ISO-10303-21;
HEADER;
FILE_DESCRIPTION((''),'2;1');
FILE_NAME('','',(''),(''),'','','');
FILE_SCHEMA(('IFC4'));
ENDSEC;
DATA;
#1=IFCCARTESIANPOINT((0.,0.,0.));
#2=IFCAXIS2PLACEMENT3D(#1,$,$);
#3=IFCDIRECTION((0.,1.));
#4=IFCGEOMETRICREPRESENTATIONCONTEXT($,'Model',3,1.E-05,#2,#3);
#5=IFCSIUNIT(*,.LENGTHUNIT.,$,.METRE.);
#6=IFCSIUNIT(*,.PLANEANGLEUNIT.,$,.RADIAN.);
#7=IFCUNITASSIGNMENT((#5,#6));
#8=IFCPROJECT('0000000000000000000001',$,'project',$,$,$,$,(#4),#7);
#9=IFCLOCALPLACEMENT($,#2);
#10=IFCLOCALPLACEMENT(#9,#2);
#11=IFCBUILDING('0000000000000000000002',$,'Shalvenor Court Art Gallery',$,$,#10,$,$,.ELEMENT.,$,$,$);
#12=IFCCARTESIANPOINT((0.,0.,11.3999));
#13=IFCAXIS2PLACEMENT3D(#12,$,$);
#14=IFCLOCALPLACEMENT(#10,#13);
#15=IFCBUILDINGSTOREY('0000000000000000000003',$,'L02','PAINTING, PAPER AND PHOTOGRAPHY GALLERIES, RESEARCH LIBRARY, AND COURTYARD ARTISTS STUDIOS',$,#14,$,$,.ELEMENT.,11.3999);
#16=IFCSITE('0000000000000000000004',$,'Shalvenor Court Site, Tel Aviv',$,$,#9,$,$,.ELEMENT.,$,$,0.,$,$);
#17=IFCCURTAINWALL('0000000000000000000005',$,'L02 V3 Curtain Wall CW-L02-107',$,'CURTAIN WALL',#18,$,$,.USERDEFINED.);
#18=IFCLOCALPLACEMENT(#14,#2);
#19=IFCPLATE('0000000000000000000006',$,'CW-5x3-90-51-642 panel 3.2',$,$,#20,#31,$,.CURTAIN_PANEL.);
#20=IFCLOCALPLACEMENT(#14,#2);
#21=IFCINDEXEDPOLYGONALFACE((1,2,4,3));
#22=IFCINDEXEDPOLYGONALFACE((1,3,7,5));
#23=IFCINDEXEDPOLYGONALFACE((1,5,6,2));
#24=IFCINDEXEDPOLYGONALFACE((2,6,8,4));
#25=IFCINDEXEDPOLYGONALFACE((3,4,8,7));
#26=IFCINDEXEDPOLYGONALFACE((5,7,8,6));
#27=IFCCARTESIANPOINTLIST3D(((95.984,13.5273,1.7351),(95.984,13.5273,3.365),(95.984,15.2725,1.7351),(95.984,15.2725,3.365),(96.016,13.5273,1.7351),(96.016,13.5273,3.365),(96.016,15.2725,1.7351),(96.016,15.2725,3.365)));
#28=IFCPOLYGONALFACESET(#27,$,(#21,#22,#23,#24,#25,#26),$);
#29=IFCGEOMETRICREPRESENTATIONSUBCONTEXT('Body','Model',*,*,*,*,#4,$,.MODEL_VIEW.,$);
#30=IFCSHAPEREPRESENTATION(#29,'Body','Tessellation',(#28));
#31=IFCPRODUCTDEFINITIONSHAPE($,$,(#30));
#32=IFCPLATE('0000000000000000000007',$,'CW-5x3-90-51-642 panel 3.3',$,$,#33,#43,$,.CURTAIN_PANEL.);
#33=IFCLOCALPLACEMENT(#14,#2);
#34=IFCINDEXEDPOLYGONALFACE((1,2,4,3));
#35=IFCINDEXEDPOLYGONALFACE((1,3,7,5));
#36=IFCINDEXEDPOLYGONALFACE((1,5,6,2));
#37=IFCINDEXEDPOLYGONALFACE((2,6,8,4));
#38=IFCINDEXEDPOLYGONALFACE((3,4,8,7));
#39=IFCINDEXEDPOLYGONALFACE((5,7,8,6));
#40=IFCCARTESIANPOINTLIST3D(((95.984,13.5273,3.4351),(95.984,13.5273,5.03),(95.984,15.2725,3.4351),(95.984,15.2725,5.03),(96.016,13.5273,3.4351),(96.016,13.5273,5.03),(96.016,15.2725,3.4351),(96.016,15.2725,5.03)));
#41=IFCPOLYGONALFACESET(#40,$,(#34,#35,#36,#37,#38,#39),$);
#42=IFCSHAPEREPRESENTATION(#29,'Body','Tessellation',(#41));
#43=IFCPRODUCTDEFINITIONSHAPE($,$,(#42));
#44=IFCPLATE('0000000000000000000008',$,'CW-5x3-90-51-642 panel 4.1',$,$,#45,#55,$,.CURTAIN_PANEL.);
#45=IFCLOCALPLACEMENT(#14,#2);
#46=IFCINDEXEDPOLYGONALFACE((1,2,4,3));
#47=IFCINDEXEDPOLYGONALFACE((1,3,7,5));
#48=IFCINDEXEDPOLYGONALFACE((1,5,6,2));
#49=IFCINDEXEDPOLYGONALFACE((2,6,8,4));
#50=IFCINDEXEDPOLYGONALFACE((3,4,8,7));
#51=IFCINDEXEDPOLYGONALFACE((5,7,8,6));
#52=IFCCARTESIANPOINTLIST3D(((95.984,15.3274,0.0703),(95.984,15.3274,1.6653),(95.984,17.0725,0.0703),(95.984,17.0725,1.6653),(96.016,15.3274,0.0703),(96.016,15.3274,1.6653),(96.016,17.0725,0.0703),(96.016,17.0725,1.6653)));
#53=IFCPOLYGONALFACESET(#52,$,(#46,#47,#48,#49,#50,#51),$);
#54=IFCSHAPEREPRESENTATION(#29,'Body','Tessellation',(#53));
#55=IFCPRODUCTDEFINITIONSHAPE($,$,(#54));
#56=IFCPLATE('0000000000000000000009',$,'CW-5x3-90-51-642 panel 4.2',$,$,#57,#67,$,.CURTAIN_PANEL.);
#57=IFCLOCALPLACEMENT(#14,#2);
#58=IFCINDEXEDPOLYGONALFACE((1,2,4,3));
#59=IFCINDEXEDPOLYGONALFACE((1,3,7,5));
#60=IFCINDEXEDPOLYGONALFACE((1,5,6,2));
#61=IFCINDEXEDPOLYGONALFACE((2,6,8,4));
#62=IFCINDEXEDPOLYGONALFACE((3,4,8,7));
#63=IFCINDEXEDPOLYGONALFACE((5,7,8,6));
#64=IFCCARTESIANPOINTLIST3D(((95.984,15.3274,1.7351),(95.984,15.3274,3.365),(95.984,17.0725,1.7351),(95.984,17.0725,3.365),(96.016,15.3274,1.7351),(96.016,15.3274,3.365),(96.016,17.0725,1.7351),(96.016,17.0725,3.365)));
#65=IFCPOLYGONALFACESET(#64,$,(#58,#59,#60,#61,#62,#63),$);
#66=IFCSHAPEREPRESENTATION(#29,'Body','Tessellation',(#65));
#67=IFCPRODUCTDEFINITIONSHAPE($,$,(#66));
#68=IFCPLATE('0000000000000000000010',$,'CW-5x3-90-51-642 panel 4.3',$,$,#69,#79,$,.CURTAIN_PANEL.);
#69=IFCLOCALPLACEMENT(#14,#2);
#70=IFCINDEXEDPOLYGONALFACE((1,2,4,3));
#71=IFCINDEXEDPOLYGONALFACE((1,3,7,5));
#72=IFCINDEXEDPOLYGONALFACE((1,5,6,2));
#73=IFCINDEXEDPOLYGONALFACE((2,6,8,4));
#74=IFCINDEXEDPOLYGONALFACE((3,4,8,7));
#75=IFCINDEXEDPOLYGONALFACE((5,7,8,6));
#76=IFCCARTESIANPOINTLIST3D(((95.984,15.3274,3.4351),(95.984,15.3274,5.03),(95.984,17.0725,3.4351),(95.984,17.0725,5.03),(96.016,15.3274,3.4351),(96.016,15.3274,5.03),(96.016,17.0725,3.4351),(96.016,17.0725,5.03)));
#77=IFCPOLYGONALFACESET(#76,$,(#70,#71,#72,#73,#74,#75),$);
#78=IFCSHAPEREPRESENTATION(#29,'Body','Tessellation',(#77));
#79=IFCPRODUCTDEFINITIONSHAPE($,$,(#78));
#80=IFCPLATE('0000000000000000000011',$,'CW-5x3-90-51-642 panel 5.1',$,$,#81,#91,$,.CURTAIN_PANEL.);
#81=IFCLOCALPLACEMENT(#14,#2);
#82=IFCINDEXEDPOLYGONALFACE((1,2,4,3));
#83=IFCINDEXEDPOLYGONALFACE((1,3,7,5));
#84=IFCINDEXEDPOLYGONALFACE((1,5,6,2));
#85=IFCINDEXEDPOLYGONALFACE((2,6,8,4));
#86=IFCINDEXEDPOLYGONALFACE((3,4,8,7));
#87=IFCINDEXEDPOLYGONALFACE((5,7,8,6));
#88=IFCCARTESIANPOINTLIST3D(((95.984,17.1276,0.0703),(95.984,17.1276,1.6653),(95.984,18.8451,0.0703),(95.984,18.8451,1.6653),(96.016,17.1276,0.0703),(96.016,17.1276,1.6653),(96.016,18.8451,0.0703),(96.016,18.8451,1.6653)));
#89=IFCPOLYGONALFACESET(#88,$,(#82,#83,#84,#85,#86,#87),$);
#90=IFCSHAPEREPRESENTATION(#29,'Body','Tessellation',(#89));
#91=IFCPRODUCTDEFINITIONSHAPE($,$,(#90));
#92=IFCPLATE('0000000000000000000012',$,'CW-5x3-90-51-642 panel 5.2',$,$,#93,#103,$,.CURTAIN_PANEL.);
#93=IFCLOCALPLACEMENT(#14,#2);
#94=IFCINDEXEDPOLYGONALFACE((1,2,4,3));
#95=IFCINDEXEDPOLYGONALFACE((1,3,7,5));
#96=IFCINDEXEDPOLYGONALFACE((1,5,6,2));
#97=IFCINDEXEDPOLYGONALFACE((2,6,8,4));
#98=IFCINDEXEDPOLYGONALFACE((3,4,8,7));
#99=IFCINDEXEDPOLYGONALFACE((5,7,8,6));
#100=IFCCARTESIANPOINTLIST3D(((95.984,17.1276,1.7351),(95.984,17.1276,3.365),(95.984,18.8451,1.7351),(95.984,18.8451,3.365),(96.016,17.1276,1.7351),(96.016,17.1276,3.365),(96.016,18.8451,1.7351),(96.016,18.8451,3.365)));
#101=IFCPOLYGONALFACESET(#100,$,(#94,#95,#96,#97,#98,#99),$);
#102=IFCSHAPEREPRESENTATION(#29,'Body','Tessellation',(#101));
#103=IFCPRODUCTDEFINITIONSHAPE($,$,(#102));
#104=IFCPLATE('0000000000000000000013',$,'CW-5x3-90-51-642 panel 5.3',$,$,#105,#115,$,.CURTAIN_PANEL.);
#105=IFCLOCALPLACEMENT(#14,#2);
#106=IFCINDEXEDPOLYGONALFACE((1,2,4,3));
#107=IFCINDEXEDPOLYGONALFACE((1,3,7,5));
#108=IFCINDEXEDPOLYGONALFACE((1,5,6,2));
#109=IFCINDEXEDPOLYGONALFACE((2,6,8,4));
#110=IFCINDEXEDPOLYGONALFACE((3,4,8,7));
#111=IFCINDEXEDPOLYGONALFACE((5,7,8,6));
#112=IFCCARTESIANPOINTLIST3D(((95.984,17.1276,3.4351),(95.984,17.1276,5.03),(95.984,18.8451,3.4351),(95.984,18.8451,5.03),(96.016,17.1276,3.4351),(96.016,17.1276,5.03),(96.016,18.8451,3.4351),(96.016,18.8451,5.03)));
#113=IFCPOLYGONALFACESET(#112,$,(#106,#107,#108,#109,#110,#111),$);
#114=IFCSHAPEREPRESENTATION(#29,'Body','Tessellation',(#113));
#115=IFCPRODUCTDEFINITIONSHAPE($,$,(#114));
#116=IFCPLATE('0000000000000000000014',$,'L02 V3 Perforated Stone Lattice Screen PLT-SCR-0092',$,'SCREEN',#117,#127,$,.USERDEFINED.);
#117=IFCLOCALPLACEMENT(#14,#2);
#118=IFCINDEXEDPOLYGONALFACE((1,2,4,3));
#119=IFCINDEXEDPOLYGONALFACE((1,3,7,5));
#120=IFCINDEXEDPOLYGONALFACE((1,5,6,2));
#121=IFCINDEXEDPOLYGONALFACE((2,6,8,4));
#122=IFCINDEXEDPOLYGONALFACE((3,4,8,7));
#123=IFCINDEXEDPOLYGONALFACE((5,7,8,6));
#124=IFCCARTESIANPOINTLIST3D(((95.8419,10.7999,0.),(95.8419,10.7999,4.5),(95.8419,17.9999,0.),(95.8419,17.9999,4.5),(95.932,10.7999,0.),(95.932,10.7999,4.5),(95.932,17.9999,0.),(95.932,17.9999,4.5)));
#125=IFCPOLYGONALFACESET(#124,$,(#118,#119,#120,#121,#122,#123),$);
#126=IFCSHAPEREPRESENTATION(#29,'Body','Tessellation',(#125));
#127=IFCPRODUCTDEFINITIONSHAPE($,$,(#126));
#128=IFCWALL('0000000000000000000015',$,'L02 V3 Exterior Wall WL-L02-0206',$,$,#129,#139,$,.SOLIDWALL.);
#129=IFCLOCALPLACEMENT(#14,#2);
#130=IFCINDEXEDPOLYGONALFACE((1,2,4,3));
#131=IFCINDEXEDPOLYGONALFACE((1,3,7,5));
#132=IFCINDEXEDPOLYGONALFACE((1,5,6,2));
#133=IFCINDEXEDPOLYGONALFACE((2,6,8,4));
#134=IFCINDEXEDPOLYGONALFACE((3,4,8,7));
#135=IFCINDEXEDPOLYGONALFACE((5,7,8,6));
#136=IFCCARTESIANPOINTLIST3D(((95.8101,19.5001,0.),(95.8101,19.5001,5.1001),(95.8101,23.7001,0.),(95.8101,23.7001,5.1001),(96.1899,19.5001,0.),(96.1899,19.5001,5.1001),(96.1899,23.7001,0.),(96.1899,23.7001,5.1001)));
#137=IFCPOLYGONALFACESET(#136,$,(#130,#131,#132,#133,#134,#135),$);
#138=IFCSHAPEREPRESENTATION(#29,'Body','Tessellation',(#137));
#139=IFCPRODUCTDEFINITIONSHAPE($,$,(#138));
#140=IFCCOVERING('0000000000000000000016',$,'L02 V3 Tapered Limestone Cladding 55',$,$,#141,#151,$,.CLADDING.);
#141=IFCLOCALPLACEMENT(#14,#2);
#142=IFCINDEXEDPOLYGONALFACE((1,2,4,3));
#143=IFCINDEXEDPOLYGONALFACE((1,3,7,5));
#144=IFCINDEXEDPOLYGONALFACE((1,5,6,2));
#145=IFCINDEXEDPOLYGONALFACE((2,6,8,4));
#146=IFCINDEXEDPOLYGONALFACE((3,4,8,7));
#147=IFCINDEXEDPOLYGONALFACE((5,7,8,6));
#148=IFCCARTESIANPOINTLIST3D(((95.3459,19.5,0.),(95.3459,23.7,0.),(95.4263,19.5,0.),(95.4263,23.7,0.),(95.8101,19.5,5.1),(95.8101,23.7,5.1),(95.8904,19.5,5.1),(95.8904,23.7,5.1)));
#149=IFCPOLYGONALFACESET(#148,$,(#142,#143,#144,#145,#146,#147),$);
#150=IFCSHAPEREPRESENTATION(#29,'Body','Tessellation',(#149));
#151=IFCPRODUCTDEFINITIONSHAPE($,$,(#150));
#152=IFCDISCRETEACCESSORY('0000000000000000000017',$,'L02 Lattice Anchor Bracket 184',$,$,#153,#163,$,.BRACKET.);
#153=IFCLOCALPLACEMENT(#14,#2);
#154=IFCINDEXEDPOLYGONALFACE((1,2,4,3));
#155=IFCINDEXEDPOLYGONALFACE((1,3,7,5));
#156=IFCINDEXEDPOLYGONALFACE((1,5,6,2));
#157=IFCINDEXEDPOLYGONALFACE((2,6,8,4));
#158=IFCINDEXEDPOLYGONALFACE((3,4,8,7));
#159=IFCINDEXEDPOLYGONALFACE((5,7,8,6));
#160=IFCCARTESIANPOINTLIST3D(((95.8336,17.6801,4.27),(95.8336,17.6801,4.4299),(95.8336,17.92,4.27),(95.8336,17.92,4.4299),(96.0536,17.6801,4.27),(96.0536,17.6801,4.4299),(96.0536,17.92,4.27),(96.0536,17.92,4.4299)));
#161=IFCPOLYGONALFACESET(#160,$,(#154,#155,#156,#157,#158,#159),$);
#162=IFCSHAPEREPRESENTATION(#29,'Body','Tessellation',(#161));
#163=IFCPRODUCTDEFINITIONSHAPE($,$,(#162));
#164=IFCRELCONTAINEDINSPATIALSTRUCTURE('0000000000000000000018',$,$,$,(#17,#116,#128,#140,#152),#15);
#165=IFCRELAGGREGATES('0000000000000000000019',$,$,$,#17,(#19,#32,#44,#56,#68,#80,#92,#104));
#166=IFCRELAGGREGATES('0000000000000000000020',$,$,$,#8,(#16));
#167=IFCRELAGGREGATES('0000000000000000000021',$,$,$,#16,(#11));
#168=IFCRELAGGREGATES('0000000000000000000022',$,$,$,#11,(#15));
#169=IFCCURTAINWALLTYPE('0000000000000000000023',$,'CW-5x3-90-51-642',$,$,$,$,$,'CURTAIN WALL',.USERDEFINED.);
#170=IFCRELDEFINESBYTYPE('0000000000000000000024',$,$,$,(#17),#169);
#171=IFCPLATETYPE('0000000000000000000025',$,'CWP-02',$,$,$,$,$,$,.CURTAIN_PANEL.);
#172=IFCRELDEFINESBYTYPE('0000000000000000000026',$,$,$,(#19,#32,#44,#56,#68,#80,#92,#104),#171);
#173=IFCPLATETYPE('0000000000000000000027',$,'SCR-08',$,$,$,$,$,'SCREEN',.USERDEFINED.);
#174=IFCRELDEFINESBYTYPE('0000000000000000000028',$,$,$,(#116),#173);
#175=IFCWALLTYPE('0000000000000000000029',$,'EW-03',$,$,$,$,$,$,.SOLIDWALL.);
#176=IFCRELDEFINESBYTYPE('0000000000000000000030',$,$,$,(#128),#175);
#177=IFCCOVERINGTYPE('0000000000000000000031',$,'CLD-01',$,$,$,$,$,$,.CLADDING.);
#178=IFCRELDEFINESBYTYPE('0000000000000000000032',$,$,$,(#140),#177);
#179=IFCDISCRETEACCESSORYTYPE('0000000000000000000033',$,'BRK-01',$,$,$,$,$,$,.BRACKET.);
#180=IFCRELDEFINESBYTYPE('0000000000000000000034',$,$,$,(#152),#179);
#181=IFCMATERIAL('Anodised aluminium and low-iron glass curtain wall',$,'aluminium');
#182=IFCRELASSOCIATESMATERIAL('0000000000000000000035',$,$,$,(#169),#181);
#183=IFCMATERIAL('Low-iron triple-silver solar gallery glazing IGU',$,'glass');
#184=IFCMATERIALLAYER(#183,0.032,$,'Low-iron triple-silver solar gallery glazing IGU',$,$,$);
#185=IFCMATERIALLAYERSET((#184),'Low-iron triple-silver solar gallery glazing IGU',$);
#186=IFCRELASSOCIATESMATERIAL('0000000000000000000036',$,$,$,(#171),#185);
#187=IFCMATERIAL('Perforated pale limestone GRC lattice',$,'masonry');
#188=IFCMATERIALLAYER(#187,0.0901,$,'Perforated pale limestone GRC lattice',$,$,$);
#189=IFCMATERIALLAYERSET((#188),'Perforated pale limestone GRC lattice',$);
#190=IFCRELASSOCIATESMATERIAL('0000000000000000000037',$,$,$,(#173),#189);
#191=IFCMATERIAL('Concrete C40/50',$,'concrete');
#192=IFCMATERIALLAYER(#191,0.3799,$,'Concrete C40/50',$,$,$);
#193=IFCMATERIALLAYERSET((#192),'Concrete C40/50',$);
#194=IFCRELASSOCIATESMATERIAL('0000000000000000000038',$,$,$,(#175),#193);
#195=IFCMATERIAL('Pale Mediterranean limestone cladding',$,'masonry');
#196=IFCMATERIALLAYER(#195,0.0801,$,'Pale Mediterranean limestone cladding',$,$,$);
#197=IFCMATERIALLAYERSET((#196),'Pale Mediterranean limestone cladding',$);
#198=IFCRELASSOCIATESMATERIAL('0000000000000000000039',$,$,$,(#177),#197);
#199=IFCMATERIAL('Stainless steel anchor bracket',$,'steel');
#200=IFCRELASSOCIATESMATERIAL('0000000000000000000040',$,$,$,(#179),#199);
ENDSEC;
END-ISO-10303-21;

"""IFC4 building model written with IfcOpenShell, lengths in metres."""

from ifc_helpers import new_model, si_unit, direction, frame, frame_2d, origin, origin_2d, place, context, subcontext, project, spatial, polyline, rectangle, outline, extrude, material, layer, layer_set, type_object, element, aggregate, save


model = new_model("IFC4")

# Units and contexts
model_context = context("Model", 3, precision=1e-05, world=origin(), true_north=direction((0.0, 1.0)))
body_context = subcontext(model_context, "Body", "Model", "MODEL_VIEW")
ifc_project = project(units=[si_unit("LENGTHUNIT", "METRE"), si_unit("PLANEANGLEUNIT", "RADIAN")], contexts=[model_context])

# Site, building, storey
site_placement = place(None, origin())
site = spatial("IfcSite", under=ifc_project, at=site_placement, Name="Shalvenor Court Site, Tel Aviv", CompositionType="ELEMENT", RefElevation=0.0)
building_placement = place(site_placement, origin())
building = spatial("IfcBuilding", under=site, at=building_placement, Name="Shalvenor Court Art Gallery", CompositionType="ELEMENT")
storey_placement = place(building_placement, frame((0.0, 0.0, 11.3999)))
storey = spatial("IfcBuildingStorey", under=building, at=storey_placement, Name="L02", Description="PAINTING, PAPER AND PHOTOGRAPHY GALLERIES, RESEARCH LIBRARY, AND COURTYARD ARTISTS STUDIOS", CompositionType="ELEMENT", Elevation=11.3999)

# Curtain wall
ifc_material_1 = material(Name="Anodised aluminium and low-iron glass curtain wall", Category="aluminium")
curtain_wall_type = type_object("IfcCurtainWallType", Name="CW-5x3-90-51-642", ElementType="CURTAIN WALL", PredefinedType="USERDEFINED", material=ifc_material_1)
curtain_wall_placement = place(storey_placement, origin())
curtain_wall = element("IfcCurtainWall", 1, at=curtain_wall_placement, inside=storey, type_object=curtain_wall_type, Name="L02 V3 Curtain Wall CW-L02-107", ObjectType="CURTAIN WALL", PredefinedType="USERDEFINED")

# Plates
ifc_material_2 = material(Name="Low-iron triple-silver solar gallery glazing IGU", Category="glass")
ifc_layer_1 = layer(ifc_material_2, 0.032, Name="Low-iron triple-silver solar gallery glazing IGU")
ifc_layer_set_1 = layer_set([ifc_layer_1], Name="Low-iron triple-silver solar gallery glazing IGU")
plate_type_1 = type_object("IfcPlateType", Name="CWP-02", PredefinedType="CURTAIN_PANEL", material=ifc_layer_set_1)
plate_1_placement = place(storey_placement, frame((96.0, 14.3999, 1.7351), z_axis=(0.0, 0.0, 1.0), x_axis=(0.0, 1.0, 0.0)))
plate_1 = element("IfcPlate", 2, at=plate_1_placement, type_object=plate_type_1, Name="CW-5x3-90-51-642 panel 3.2", PredefinedType="CURTAIN_PANEL", context=body_context, shape_type="SweptSolid", body=[
    extrude(rectangle(XDim=1.7451, YDim=0.032, at=origin_2d()), origin(), (0.0, 0.0, 1.0), 1.6299),
])
plate_2_placement = place(storey_placement, frame((96.0, 14.3999, 3.4351), z_axis=(0.0, 0.0, 1.0), x_axis=(0.0, 1.0, 0.0)))
plate_2 = element("IfcPlate", 3, at=plate_2_placement, type_object=plate_type_1, Name="CW-5x3-90-51-642 panel 3.3", PredefinedType="CURTAIN_PANEL", context=body_context, shape_type="SweptSolid", body=[
    extrude(rectangle(XDim=1.7451, YDim=0.032, at=origin_2d()), origin(), (0.0, 0.0, 1.0), 1.595),
])
plate_3_placement = place(storey_placement, frame((96.0, 16.2, 0.0703), z_axis=(0.0, 0.0, 1.0), x_axis=(0.0, 1.0, 0.0)))
plate_3 = element("IfcPlate", 4, at=plate_3_placement, type_object=plate_type_1, Name="CW-5x3-90-51-642 panel 4.1", PredefinedType="CURTAIN_PANEL", context=body_context, shape_type="SweptSolid", body=[
    extrude(rectangle(XDim=1.7451, YDim=0.032, at=origin_2d()), origin(), (0.0, 0.0, 1.0), 1.595),
])
plate_4_placement = place(storey_placement, frame((96.0, 16.2, 1.7351), z_axis=(0.0, 0.0, 1.0), x_axis=(0.0, 1.0, 0.0)))
plate_4 = element("IfcPlate", 5, at=plate_4_placement, type_object=plate_type_1, Name="CW-5x3-90-51-642 panel 4.2", PredefinedType="CURTAIN_PANEL", context=body_context, shape_type="SweptSolid", body=[
    extrude(rectangle(XDim=1.7451, YDim=0.032, at=origin_2d()), origin(), (0.0, 0.0, 1.0), 1.6299),
])
plate_5_placement = place(storey_placement, frame((96.0, 16.2, 3.4351), z_axis=(0.0, 0.0, 1.0), x_axis=(0.0, 1.0, 0.0)))
plate_5 = element("IfcPlate", 6, at=plate_5_placement, type_object=plate_type_1, Name="CW-5x3-90-51-642 panel 4.3", PredefinedType="CURTAIN_PANEL", context=body_context, shape_type="SweptSolid", body=[
    extrude(rectangle(XDim=1.7451, YDim=0.032, at=origin_2d()), origin(), (0.0, 0.0, 1.0), 1.595),
])
plate_6_placement = place(storey_placement, frame((96.0, 17.9863, 0.0703), z_axis=(0.0, 0.0, 1.0), x_axis=(0.0, 1.0, 0.0)))
plate_6 = element("IfcPlate", 7, at=plate_6_placement, type_object=plate_type_1, Name="CW-5x3-90-51-642 panel 5.1", PredefinedType="CURTAIN_PANEL", context=body_context, shape_type="SweptSolid", body=[
    extrude(rectangle(XDim=1.7175, YDim=0.032, at=origin_2d()), origin(), (0.0, 0.0, 1.0), 1.595),
])
plate_7_placement = place(storey_placement, frame((96.0, 17.9863, 1.7351), z_axis=(0.0, 0.0, 1.0), x_axis=(0.0, 1.0, 0.0)))
plate_7 = element("IfcPlate", 8, at=plate_7_placement, type_object=plate_type_1, Name="CW-5x3-90-51-642 panel 5.2", PredefinedType="CURTAIN_PANEL", context=body_context, shape_type="SweptSolid", body=[
    extrude(rectangle(XDim=1.7175, YDim=0.032, at=origin_2d()), origin(), (0.0, 0.0, 1.0), 1.6299),
])
plate_8_placement = place(storey_placement, frame((96.0, 17.9863, 3.4351), z_axis=(0.0, 0.0, 1.0), x_axis=(0.0, 1.0, 0.0)))
plate_8 = element("IfcPlate", 9, at=plate_8_placement, type_object=plate_type_1, Name="CW-5x3-90-51-642 panel 5.3", PredefinedType="CURTAIN_PANEL", context=body_context, shape_type="SweptSolid", body=[
    extrude(rectangle(XDim=1.7175, YDim=0.032, at=origin_2d()), origin(), (0.0, 0.0, 1.0), 1.595),
])
aggregate(curtain_wall, [plate_1, plate_2, plate_3, plate_4, plate_5, plate_6, plate_7, plate_8])
ifc_material_3 = material(Name="Perforated pale limestone GRC lattice", Category="masonry")
ifc_layer_2 = layer(ifc_material_3, 0.0901, Name="Perforated pale limestone GRC lattice")
ifc_layer_set_2 = layer_set([ifc_layer_2], Name="Perforated pale limestone GRC lattice")
plate_type_2 = type_object("IfcPlateType", Name="SCR-08", ElementType="SCREEN", PredefinedType="USERDEFINED", material=ifc_layer_set_2)
plate_9_placement = place(storey_placement, frame((95.887, 14.3999, 0.0), z_axis=(0.0, 0.0, 1.0), x_axis=(0.0, 1.0, 0.0)))
element("IfcPlate", 10, at=plate_9_placement, inside=storey, type_object=plate_type_2, Name="L02 V3 Perforated Stone Lattice Screen PLT-SCR-0092", ObjectType="SCREEN", PredefinedType="USERDEFINED", context=body_context, shape_type="SweptSolid", body=[
    extrude(rectangle(XDim=7.2, YDim=0.0901, at=origin_2d()), origin(), (0.0, 0.0, 1.0), 4.5),
])

# Wall
ifc_material_4 = material(Name="Concrete C40/50", Category="concrete")
ifc_layer_3 = layer(ifc_material_4, 0.3799, Name="Concrete C40/50")
ifc_layer_set_3 = layer_set([ifc_layer_3], Name="Concrete C40/50")
wall_type = type_object("IfcWallType", Name="EW-03", PredefinedType="SOLIDWALL", material=ifc_layer_set_3)
wall_placement = place(storey_placement, frame((96.0, 19.5, 0.0), z_axis=(0.0, 0.0, 1.0), x_axis=(0.0, 1.0, 0.0)))
element("IfcWall", 11, at=wall_placement, inside=storey, type_object=wall_type, Name="L02 V3 Exterior Wall WL-L02-0206", PredefinedType="SOLIDWALL", context=body_context, shape_type="SweptSolid", body=[
    extrude(rectangle(XDim=4.2, YDim=0.3799, at=frame_2d((2.1001, 0.0))), origin(), (0.0, 0.0, 1.0), 5.1001),
])

# Covering
ifc_material_5 = material(Name="Pale Mediterranean limestone cladding", Category="masonry")
ifc_layer_4 = layer(ifc_material_5, 0.0801, Name="Pale Mediterranean limestone cladding")
ifc_layer_set_4 = layer_set([ifc_layer_4], Name="Pale Mediterranean limestone cladding")
covering_type = type_object("IfcCoveringType", Name="CLD-01", PredefinedType="CLADDING", material=ifc_layer_set_4)
covering_placement = place(storey_placement, frame((95.3459, 23.7, 0.0), z_axis=(0.0, 0.0, 1.0), x_axis=(0.0, -1.0, 0.0)))
element("IfcCovering", 12, at=covering_placement, inside=storey, type_object=covering_type, Name="L02 V3 Tapered Limestone Cladding 55", PredefinedType="CLADDING", context=body_context, shape_type="SweptSolid", body=[
    extrude(outline(polyline([(0.0, 0.0), (4.2, 0.0), (4.2, 5.1211), (0.0, 5.1211), (0.0, 0.0)])), frame((0.0, 0.0, 0.0), z_axis=(0.0, -0.995884, 0.090633), x_axis=(1.0, 0.0, 0.0)), (0.0, 0.090633, -0.995884), 0.0803),
])

# Discrete accessory
ifc_material_6 = material(Name="Stainless steel anchor bracket", Category="steel")
discrete_accessory_type = type_object("IfcDiscreteAccessoryType", Name="BRK-01", PredefinedType="BRACKET", material=ifc_material_6)
discrete_accessory_placement = place(storey_placement, frame((95.9436, 17.8, 4.27), z_axis=(0.0, 0.0, 1.0), x_axis=(0.0, 1.0, 0.0)))
element("IfcDiscreteAccessory", 13, at=discrete_accessory_placement, inside=storey, type_object=discrete_accessory_type, Name="L02 Lattice Anchor Bracket 184", PredefinedType="BRACKET", context=body_context, shape_type="SweptSolid", body=[
    extrude(rectangle(XDim=0.24, YDim=0.22, at=origin_2d()), origin(), (0.0, 0.0, 1.0), 0.1599),
])

save(model, "model.ifc")
